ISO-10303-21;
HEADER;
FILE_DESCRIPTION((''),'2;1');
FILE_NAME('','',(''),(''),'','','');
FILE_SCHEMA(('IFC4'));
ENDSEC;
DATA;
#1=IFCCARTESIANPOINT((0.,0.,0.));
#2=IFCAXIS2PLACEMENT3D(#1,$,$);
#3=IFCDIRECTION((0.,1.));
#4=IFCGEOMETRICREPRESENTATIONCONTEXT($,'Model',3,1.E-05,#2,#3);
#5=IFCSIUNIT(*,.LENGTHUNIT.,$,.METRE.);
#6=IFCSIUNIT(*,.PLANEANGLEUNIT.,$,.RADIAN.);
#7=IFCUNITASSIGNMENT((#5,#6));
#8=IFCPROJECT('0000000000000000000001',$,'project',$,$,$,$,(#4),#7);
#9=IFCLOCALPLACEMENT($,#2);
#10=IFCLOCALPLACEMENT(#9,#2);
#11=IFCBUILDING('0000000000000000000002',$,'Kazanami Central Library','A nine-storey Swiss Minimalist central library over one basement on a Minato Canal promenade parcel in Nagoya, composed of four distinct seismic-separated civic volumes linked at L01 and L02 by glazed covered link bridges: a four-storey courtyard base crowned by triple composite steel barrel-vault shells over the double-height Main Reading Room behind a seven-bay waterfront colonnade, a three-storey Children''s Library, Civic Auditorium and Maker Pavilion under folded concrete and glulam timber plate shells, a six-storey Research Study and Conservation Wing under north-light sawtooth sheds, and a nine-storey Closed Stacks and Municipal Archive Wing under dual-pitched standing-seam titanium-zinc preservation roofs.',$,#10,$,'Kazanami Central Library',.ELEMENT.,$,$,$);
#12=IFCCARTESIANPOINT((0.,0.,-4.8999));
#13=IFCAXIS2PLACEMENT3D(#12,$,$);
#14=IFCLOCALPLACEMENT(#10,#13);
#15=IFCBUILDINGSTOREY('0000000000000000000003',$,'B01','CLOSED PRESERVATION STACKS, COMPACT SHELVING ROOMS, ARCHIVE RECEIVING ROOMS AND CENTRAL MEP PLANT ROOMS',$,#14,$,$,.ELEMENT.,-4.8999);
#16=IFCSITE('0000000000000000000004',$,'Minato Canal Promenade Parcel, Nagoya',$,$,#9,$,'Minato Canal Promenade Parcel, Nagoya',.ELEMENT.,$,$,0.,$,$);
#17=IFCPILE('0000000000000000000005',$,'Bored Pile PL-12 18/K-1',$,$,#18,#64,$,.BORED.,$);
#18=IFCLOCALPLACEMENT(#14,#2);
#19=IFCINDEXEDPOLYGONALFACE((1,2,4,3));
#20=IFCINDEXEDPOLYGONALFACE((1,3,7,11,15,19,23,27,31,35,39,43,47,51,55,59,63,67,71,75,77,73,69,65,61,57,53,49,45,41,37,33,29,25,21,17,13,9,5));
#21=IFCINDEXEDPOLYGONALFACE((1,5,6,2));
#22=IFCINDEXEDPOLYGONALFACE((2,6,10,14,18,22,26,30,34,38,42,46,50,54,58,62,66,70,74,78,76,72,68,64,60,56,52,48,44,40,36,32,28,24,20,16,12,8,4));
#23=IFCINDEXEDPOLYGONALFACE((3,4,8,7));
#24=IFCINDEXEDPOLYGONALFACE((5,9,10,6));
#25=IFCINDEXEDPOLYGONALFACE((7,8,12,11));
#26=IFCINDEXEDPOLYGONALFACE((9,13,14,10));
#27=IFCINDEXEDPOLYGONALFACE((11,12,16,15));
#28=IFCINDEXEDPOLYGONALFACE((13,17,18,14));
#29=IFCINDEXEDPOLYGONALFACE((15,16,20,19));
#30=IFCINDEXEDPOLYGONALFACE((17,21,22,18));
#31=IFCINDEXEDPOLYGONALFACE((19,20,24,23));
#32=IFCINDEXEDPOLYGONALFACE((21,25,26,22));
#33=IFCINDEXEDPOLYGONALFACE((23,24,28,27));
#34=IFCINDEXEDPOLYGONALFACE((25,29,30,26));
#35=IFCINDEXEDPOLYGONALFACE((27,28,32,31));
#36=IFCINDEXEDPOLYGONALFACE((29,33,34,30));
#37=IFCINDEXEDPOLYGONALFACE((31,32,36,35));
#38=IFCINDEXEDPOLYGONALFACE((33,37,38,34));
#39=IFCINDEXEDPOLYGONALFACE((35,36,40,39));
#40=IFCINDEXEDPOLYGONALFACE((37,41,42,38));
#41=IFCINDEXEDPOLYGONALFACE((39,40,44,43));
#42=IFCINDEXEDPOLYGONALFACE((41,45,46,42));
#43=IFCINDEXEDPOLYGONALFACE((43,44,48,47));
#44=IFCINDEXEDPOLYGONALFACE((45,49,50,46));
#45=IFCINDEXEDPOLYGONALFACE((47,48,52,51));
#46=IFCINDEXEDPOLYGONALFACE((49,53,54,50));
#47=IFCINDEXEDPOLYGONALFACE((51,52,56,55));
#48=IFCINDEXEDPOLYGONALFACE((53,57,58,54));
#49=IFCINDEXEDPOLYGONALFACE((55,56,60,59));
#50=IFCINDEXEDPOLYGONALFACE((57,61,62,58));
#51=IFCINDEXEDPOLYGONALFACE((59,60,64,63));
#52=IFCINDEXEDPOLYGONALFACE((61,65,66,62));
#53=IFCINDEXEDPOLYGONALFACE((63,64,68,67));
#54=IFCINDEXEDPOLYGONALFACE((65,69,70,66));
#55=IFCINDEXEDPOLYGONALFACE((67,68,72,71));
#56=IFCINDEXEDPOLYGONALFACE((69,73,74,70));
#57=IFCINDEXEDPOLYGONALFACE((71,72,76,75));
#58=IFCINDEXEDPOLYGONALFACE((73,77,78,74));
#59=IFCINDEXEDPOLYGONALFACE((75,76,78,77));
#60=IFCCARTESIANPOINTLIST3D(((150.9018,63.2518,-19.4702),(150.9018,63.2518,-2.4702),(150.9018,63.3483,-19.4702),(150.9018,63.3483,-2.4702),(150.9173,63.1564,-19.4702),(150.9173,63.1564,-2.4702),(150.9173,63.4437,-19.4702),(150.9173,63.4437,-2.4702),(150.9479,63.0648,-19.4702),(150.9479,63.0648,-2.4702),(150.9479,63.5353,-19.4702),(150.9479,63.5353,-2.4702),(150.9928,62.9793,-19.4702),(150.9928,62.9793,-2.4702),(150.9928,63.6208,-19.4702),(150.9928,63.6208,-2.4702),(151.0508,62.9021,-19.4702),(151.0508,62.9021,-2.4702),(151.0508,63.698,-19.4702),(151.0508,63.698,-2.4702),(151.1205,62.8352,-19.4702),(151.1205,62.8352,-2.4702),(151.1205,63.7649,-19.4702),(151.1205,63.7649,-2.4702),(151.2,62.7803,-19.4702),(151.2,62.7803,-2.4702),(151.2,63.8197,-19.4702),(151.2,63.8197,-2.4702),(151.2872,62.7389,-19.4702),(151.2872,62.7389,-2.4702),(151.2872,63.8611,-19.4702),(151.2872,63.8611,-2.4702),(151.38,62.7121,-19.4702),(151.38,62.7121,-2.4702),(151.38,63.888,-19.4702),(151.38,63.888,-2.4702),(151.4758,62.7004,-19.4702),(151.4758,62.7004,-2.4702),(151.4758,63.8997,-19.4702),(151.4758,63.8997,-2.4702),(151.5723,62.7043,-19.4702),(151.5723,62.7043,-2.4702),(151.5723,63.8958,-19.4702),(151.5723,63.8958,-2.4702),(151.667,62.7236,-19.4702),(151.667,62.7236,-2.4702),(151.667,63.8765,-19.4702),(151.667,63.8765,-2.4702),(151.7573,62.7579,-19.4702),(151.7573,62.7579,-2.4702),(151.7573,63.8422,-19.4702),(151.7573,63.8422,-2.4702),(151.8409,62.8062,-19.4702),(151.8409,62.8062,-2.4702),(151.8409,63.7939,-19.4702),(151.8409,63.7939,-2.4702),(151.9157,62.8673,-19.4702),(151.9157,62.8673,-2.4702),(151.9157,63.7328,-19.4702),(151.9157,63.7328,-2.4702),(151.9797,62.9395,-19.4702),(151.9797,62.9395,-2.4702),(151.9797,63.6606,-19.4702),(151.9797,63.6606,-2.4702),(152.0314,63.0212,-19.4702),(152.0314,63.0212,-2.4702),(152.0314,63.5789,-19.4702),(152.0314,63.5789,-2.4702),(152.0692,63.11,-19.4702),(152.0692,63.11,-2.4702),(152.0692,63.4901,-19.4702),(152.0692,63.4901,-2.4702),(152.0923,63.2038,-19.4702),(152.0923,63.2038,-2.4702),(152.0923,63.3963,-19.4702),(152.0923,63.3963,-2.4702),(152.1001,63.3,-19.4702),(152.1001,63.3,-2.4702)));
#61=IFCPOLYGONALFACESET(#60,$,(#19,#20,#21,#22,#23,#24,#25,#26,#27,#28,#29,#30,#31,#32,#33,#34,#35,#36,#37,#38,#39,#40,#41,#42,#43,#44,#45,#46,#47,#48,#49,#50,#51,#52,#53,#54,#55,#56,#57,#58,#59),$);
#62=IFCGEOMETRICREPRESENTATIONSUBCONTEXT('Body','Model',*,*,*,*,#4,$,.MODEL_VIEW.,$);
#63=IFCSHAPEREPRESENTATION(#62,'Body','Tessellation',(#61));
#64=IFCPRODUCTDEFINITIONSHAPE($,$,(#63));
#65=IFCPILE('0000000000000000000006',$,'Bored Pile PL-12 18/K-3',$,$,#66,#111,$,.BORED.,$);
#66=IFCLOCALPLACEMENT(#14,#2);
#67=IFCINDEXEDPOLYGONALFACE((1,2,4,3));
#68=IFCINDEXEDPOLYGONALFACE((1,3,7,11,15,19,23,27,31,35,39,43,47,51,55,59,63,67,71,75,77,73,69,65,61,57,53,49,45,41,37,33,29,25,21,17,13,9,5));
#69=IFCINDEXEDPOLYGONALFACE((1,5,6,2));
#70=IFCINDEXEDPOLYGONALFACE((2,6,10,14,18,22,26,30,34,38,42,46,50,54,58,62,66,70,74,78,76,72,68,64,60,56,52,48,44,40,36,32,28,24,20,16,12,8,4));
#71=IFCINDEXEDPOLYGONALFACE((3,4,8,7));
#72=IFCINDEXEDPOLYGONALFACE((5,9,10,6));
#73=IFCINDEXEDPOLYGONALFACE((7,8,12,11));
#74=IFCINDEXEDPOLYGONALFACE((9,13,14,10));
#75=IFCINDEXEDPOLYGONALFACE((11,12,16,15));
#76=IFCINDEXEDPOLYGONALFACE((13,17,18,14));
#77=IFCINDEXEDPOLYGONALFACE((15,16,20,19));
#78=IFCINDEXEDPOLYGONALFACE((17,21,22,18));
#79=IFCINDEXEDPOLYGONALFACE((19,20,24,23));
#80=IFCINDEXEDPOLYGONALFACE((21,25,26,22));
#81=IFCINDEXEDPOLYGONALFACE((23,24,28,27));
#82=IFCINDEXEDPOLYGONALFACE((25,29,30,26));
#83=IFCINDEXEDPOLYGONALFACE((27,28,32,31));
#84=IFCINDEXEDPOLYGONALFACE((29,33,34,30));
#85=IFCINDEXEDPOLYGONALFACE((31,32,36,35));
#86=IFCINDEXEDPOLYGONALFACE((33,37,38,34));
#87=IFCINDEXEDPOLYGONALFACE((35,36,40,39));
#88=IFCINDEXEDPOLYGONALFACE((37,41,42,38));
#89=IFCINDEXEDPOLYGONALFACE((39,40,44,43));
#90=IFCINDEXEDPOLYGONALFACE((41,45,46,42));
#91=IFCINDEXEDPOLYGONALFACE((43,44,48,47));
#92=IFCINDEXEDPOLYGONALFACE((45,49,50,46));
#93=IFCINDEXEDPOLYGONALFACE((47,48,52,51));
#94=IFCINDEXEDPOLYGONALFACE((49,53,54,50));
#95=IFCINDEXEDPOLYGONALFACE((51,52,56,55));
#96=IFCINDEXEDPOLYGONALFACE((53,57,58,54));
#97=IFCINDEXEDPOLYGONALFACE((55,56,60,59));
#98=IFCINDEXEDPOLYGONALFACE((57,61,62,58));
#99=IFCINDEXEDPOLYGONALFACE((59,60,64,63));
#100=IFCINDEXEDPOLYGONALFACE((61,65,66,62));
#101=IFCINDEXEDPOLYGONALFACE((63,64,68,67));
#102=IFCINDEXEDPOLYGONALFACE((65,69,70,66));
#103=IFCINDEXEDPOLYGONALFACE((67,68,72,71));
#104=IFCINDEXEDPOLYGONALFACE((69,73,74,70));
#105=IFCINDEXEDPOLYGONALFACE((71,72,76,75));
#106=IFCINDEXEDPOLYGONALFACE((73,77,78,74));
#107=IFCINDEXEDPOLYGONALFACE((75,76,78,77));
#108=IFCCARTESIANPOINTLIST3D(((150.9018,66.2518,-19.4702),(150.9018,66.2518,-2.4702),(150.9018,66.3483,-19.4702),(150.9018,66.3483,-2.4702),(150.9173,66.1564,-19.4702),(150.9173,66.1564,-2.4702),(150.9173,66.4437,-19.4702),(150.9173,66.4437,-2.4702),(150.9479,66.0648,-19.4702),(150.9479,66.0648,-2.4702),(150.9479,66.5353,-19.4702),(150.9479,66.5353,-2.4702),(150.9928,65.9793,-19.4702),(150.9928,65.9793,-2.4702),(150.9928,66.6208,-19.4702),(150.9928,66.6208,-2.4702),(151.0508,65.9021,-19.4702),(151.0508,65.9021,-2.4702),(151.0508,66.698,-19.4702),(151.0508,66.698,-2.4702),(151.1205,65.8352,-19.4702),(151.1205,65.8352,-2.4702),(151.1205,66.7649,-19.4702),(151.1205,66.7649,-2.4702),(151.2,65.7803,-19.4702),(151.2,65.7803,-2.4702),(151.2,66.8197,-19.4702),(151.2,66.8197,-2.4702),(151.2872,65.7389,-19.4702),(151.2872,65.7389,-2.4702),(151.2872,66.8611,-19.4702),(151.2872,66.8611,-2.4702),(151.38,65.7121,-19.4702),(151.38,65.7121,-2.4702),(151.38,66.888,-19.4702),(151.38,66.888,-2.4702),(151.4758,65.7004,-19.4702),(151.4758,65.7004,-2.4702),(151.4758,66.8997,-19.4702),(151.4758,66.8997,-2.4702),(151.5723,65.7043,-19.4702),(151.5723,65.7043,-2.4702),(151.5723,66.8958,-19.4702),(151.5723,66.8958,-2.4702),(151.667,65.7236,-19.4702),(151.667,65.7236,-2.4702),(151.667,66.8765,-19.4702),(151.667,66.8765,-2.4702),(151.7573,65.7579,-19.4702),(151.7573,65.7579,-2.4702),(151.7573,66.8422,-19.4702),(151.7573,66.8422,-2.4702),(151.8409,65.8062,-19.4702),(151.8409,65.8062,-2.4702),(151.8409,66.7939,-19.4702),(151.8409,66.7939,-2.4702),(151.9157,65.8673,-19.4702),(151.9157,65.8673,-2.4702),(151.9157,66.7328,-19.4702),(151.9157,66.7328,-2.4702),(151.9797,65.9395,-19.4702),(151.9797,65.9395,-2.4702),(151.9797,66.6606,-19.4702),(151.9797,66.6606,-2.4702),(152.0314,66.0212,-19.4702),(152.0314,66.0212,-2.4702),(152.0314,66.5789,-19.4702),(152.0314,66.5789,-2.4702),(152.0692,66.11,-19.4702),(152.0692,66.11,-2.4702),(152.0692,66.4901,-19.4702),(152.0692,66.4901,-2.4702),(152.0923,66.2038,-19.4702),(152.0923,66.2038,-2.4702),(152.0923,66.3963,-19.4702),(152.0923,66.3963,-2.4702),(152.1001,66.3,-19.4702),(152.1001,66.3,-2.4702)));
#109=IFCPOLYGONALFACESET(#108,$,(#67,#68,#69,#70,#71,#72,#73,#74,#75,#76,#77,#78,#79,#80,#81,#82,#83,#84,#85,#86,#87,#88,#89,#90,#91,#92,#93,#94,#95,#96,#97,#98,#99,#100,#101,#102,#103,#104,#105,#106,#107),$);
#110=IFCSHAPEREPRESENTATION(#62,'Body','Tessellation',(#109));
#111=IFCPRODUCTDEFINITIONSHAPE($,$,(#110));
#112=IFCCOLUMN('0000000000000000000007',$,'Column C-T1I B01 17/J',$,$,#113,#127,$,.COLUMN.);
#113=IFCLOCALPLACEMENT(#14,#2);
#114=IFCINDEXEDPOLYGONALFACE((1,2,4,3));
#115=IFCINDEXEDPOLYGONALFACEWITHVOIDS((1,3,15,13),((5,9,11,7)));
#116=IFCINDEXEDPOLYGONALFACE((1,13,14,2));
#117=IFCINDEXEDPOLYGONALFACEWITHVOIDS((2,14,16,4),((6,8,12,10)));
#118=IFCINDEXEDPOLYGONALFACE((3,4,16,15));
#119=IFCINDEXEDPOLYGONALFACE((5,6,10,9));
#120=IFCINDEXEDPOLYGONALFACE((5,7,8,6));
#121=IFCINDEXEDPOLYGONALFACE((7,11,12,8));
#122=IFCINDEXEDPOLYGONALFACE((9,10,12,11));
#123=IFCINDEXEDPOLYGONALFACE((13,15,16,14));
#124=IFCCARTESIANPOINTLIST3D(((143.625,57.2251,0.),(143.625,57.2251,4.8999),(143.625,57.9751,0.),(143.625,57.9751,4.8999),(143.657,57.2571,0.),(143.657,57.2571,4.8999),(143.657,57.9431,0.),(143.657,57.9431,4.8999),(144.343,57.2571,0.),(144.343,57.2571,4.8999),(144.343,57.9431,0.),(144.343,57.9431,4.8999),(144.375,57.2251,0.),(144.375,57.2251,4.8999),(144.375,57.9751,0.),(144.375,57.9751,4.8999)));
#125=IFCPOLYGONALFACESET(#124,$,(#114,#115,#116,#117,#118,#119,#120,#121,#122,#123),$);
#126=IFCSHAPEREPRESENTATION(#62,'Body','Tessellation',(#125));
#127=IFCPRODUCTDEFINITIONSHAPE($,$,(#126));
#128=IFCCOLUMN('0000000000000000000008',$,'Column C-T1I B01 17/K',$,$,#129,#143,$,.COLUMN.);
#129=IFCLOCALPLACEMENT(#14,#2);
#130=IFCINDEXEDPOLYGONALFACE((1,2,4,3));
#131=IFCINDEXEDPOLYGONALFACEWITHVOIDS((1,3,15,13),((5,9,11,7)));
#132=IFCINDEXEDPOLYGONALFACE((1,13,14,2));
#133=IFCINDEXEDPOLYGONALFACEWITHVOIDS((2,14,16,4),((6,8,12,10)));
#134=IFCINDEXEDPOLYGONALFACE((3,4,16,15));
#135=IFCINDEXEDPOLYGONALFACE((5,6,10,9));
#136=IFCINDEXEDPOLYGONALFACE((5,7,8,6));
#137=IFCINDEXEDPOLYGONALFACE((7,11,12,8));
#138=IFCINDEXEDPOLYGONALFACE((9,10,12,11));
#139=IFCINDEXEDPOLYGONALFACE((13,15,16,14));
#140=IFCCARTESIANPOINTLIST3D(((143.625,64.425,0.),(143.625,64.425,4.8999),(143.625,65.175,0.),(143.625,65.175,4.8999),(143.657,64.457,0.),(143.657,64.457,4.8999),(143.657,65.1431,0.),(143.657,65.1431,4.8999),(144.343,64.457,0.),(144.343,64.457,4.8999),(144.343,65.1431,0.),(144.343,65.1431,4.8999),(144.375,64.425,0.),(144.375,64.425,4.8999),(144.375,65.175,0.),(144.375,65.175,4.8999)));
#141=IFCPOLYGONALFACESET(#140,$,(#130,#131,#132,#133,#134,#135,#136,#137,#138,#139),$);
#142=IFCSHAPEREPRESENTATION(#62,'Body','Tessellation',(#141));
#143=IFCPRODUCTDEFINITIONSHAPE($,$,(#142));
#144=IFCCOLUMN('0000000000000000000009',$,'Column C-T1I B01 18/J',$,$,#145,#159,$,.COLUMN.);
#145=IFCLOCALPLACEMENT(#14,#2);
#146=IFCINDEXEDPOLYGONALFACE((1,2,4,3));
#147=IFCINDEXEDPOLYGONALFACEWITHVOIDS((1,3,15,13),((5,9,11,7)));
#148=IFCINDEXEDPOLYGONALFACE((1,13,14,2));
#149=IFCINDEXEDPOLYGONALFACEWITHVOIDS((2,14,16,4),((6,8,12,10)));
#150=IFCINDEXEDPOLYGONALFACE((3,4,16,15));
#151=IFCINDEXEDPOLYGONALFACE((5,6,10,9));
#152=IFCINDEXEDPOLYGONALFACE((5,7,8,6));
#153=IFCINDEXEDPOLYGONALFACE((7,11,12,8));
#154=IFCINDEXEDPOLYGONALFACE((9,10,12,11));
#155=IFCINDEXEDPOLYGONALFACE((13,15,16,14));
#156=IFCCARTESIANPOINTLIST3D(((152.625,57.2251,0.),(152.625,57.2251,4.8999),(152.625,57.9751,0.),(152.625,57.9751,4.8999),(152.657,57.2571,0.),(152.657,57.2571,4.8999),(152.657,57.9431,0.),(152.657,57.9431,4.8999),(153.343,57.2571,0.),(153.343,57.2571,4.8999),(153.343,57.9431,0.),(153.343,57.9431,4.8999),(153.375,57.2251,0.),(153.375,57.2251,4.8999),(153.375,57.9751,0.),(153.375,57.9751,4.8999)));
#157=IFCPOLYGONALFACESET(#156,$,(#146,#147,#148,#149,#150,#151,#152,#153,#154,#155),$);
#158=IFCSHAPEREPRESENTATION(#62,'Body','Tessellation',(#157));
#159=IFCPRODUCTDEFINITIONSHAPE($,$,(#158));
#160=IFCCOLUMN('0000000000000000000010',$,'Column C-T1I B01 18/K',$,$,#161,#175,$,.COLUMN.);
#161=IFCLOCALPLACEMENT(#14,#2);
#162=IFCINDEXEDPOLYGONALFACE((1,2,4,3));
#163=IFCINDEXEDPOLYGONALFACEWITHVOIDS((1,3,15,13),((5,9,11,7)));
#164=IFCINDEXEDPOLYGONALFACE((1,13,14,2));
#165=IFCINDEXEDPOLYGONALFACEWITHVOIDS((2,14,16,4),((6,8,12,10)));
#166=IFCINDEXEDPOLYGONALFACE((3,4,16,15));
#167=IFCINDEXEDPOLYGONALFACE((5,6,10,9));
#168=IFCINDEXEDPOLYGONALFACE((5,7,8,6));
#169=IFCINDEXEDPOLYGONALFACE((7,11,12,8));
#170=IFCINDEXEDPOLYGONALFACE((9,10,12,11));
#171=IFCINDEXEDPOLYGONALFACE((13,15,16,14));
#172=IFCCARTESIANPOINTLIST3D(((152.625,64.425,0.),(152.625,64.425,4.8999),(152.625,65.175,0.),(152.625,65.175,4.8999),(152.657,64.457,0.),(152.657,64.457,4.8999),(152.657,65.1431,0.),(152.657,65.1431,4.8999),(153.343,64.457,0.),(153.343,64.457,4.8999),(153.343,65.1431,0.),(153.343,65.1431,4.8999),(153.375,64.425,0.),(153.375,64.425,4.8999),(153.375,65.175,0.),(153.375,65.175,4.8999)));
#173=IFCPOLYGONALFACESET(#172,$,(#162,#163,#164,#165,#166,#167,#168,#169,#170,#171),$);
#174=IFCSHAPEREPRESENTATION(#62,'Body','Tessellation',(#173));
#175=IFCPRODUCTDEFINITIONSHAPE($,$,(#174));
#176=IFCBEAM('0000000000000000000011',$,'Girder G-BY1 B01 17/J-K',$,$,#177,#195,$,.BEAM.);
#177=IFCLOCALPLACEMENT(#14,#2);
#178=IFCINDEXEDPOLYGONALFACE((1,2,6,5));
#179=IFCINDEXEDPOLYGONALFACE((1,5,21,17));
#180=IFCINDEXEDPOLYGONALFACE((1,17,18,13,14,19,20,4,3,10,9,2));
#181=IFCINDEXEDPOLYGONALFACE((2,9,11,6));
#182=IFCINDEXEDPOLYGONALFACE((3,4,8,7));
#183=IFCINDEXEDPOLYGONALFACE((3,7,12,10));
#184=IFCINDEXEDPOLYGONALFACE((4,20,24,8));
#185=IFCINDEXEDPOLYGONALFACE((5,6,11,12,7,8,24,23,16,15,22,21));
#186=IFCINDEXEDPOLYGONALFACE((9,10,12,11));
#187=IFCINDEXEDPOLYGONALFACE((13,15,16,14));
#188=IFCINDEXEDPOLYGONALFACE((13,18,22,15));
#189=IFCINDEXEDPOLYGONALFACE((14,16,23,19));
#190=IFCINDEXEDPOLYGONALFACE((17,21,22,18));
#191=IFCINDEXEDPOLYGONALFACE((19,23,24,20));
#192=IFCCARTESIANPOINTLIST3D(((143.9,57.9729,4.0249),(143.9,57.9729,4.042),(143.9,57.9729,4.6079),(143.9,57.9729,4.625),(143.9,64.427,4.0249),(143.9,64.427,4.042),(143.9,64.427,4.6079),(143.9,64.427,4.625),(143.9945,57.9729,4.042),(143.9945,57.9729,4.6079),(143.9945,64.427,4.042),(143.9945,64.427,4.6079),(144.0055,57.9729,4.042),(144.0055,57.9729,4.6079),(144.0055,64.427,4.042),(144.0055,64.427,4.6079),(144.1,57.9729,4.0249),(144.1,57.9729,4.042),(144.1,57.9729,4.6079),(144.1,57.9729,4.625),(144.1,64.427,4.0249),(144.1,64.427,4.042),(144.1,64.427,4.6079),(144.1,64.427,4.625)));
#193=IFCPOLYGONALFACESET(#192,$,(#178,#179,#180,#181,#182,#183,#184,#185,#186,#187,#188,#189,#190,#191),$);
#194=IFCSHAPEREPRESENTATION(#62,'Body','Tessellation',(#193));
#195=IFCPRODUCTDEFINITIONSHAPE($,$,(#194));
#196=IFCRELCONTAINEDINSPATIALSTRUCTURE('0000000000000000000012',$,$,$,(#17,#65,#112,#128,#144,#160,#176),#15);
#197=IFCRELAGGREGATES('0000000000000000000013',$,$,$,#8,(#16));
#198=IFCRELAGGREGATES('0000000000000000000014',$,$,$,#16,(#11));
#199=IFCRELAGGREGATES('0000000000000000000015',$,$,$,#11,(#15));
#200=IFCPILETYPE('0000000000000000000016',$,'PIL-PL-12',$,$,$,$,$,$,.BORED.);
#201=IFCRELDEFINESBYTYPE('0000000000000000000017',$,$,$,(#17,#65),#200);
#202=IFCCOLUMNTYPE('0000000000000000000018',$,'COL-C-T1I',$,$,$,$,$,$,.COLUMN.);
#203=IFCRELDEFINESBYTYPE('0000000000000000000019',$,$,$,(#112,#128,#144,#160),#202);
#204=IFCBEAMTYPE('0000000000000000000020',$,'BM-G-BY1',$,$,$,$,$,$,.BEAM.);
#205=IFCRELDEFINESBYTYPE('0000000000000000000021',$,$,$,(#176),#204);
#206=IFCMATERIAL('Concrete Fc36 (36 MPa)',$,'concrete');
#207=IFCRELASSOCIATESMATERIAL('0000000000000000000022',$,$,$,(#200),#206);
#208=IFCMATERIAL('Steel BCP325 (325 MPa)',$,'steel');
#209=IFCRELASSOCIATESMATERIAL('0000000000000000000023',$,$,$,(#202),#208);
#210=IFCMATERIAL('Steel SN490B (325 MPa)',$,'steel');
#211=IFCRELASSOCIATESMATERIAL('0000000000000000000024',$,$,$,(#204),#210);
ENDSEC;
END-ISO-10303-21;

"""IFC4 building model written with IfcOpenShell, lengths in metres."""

from ifc_helpers import new_model, si_unit, direction, frame, origin, origin_2d, place, context, subcontext, project, spatial, hollow_rectangle, circle, i_section, extrude, material, material_profile, profile_set, type_object, element, save


model = new_model("IFC4")

# Units and contexts
model_context = context("Model", 3, precision=1e-05, world=origin(), true_north=direction((0.0, 1.0)))
body_context = subcontext(model_context, "Body", "Model", "MODEL_VIEW")
ifc_project = project(units=[si_unit("LENGTHUNIT", "METRE"), si_unit("PLANEANGLEUNIT", "RADIAN")], contexts=[model_context])

# Site, building, storey
site_placement = place(None, origin())
site = spatial("IfcSite", under=ifc_project, at=site_placement, Name="Minato Canal Promenade Parcel, Nagoya", LongName="Minato Canal Promenade Parcel, Nagoya", CompositionType="ELEMENT", RefElevation=0.0)
building_placement = place(site_placement, origin())
building = spatial("IfcBuilding", under=site, at=building_placement, Name="Kazanami Central Library", Description="A nine-storey Swiss Minimalist central library over one basement on a Minato Canal promenade parcel in Nagoya, composed of four distinct seismic-separated civic volumes linked at L01 and L02 by glazed covered link bridges: a four-storey courtyard base crowned by triple composite steel barrel-vault shells over the double-height Main Reading Room behind a seven-bay waterfront colonnade, a three-storey Children's Library, Civic Auditorium and Maker Pavilion under folded concrete and glulam timber plate shells, a six-storey Research Study and Conservation Wing under north-light sawtooth sheds, and a nine-storey Closed Stacks and Municipal Archive Wing under dual-pitched standing-seam titanium-zinc preservation roofs.", LongName="Kazanami Central Library", CompositionType="ELEMENT")
storey_placement = place(building_placement, frame((0.0, 0.0, -4.8999)))
storey = spatial("IfcBuildingStorey", under=building, at=storey_placement, Name="B01", Description="CLOSED PRESERVATION STACKS, COMPACT SHELVING ROOMS, ARCHIVE RECEIVING ROOMS AND CENTRAL MEP PLANT ROOMS", CompositionType="ELEMENT", Elevation=-4.8999)

# Shared definitions
ifc_material_1 = material(Name="Concrete Fc36 (36 MPa)", Category="concrete")

# Piles
ifc_material_profile_1 = material_profile(ifc_material_1, circle(Radius=0.6001, at=origin_2d()), Name="BORED-D1200")
ifc_profile_set_1 = profile_set([ifc_material_profile_1], Name="Concrete Fc36 (36 MPa)")
pile_type = type_object("IfcPileType", Name="PIL-PL-12", PredefinedType="BORED", material=ifc_profile_set_1)
for number, where, z_axis, x_axis, name in (
    (1, (151.5, 63.3, -2.4702), (0.0, 0.0, -1.0), (1.0, 0.0, 0.0), "Bored Pile PL-12 18/K-1"),
    (2, (151.5, 66.3, -2.4702), (0.0, 0.0, -1.0), (1.0, 0.0, 0.0), "Bored Pile PL-12 18/K-3"),
):
    element("IfcPile", number, at=place(storey_placement, frame(where, z_axis=z_axis, x_axis=x_axis)), inside=storey, type_object=pile_type, Name=name, PredefinedType="BORED", context=body_context, shape_type="SweptSolid", body=[
        extrude(circle(Radius=0.6001, at=origin_2d()), origin(), (0.0, 0.0, 1.0), 17.0),
    ])

# Columns
ifc_material_2 = material(Name="Steel BCP325 (325 MPa)", Category="steel")
ifc_material_profile_2 = material_profile(ifc_material_2, hollow_rectangle(XDim=0.75, YDim=0.75, WallThickness=0.032, at=origin_2d()), Name="BCP-750x750x32")
ifc_profile_set_2 = profile_set([ifc_material_profile_2], Name="Steel BCP325 (325 MPa)")
column_type = type_object("IfcColumnType", Name="COL-C-T1I", PredefinedType="COLUMN", material=ifc_profile_set_2)
for number, where, z_axis, x_axis, name in (
    (3, (144.0, 57.6001, 0.0), (0.0, 0.0, 1.0), (1.0, 0.0, 0.0), "Column C-T1I B01 17/J"),
    (4, (144.0, 64.8, 0.0), (0.0, 0.0, 1.0), (1.0, 0.0, 0.0), "Column C-T1I B01 17/K"),
    (5, (153.0, 57.6001, 0.0), (0.0, 0.0, 1.0), (1.0, 0.0, 0.0), "Column C-T1I B01 18/J"),
    (6, (153.0, 64.8, 0.0), (0.0, 0.0, 1.0), (1.0, 0.0, 0.0), "Column C-T1I B01 18/K"),
):
    element("IfcColumn", number, at=place(storey_placement, frame(where, z_axis=z_axis, x_axis=x_axis)), inside=storey, type_object=column_type, Name=name, PredefinedType="COLUMN", context=body_context, shape_type="SweptSolid", body=[
        extrude(hollow_rectangle(XDim=0.75, YDim=0.75, WallThickness=0.032, at=origin_2d()), origin(), (0.0, 0.0, 1.0), 4.8999),
    ])

# Beam
ifc_material_3 = material(Name="Steel SN490B (325 MPa)", Category="steel")
ifc_material_profile_3 = material_profile(ifc_material_3, i_section(OverallWidth=0.2, OverallDepth=0.6001, WebThickness=0.011, FlangeThickness=0.0171, at=origin_2d()), Name="H-600x200x11x17")
ifc_profile_set_3 = profile_set([ifc_material_profile_3], Name="Steel SN490B (325 MPa)")
beam_type_1 = type_object("IfcBeamType", Name="BM-G-BY1", PredefinedType="BEAM", material=ifc_profile_set_3)
beam_1_placement = place(storey_placement, frame((144.0, 57.9729, 4.325), z_axis=(0.0, 1.0, 0.0), x_axis=(-1.0, 0.0, 0.0)))
element("IfcBeam", 7, at=beam_1_placement, inside=storey, type_object=beam_type_1, Name="Girder G-BY1 B01 17/J-K", PredefinedType="BEAM", context=body_context, shape_type="SweptSolid", body=[
    extrude(i_section(OverallWidth=0.2, OverallDepth=0.6001, WebThickness=0.011, FlangeThickness=0.0171, at=origin_2d()), origin(), (0.0, 0.0, 1.0), 6.4541),
])

save(model, "model.ifc")
